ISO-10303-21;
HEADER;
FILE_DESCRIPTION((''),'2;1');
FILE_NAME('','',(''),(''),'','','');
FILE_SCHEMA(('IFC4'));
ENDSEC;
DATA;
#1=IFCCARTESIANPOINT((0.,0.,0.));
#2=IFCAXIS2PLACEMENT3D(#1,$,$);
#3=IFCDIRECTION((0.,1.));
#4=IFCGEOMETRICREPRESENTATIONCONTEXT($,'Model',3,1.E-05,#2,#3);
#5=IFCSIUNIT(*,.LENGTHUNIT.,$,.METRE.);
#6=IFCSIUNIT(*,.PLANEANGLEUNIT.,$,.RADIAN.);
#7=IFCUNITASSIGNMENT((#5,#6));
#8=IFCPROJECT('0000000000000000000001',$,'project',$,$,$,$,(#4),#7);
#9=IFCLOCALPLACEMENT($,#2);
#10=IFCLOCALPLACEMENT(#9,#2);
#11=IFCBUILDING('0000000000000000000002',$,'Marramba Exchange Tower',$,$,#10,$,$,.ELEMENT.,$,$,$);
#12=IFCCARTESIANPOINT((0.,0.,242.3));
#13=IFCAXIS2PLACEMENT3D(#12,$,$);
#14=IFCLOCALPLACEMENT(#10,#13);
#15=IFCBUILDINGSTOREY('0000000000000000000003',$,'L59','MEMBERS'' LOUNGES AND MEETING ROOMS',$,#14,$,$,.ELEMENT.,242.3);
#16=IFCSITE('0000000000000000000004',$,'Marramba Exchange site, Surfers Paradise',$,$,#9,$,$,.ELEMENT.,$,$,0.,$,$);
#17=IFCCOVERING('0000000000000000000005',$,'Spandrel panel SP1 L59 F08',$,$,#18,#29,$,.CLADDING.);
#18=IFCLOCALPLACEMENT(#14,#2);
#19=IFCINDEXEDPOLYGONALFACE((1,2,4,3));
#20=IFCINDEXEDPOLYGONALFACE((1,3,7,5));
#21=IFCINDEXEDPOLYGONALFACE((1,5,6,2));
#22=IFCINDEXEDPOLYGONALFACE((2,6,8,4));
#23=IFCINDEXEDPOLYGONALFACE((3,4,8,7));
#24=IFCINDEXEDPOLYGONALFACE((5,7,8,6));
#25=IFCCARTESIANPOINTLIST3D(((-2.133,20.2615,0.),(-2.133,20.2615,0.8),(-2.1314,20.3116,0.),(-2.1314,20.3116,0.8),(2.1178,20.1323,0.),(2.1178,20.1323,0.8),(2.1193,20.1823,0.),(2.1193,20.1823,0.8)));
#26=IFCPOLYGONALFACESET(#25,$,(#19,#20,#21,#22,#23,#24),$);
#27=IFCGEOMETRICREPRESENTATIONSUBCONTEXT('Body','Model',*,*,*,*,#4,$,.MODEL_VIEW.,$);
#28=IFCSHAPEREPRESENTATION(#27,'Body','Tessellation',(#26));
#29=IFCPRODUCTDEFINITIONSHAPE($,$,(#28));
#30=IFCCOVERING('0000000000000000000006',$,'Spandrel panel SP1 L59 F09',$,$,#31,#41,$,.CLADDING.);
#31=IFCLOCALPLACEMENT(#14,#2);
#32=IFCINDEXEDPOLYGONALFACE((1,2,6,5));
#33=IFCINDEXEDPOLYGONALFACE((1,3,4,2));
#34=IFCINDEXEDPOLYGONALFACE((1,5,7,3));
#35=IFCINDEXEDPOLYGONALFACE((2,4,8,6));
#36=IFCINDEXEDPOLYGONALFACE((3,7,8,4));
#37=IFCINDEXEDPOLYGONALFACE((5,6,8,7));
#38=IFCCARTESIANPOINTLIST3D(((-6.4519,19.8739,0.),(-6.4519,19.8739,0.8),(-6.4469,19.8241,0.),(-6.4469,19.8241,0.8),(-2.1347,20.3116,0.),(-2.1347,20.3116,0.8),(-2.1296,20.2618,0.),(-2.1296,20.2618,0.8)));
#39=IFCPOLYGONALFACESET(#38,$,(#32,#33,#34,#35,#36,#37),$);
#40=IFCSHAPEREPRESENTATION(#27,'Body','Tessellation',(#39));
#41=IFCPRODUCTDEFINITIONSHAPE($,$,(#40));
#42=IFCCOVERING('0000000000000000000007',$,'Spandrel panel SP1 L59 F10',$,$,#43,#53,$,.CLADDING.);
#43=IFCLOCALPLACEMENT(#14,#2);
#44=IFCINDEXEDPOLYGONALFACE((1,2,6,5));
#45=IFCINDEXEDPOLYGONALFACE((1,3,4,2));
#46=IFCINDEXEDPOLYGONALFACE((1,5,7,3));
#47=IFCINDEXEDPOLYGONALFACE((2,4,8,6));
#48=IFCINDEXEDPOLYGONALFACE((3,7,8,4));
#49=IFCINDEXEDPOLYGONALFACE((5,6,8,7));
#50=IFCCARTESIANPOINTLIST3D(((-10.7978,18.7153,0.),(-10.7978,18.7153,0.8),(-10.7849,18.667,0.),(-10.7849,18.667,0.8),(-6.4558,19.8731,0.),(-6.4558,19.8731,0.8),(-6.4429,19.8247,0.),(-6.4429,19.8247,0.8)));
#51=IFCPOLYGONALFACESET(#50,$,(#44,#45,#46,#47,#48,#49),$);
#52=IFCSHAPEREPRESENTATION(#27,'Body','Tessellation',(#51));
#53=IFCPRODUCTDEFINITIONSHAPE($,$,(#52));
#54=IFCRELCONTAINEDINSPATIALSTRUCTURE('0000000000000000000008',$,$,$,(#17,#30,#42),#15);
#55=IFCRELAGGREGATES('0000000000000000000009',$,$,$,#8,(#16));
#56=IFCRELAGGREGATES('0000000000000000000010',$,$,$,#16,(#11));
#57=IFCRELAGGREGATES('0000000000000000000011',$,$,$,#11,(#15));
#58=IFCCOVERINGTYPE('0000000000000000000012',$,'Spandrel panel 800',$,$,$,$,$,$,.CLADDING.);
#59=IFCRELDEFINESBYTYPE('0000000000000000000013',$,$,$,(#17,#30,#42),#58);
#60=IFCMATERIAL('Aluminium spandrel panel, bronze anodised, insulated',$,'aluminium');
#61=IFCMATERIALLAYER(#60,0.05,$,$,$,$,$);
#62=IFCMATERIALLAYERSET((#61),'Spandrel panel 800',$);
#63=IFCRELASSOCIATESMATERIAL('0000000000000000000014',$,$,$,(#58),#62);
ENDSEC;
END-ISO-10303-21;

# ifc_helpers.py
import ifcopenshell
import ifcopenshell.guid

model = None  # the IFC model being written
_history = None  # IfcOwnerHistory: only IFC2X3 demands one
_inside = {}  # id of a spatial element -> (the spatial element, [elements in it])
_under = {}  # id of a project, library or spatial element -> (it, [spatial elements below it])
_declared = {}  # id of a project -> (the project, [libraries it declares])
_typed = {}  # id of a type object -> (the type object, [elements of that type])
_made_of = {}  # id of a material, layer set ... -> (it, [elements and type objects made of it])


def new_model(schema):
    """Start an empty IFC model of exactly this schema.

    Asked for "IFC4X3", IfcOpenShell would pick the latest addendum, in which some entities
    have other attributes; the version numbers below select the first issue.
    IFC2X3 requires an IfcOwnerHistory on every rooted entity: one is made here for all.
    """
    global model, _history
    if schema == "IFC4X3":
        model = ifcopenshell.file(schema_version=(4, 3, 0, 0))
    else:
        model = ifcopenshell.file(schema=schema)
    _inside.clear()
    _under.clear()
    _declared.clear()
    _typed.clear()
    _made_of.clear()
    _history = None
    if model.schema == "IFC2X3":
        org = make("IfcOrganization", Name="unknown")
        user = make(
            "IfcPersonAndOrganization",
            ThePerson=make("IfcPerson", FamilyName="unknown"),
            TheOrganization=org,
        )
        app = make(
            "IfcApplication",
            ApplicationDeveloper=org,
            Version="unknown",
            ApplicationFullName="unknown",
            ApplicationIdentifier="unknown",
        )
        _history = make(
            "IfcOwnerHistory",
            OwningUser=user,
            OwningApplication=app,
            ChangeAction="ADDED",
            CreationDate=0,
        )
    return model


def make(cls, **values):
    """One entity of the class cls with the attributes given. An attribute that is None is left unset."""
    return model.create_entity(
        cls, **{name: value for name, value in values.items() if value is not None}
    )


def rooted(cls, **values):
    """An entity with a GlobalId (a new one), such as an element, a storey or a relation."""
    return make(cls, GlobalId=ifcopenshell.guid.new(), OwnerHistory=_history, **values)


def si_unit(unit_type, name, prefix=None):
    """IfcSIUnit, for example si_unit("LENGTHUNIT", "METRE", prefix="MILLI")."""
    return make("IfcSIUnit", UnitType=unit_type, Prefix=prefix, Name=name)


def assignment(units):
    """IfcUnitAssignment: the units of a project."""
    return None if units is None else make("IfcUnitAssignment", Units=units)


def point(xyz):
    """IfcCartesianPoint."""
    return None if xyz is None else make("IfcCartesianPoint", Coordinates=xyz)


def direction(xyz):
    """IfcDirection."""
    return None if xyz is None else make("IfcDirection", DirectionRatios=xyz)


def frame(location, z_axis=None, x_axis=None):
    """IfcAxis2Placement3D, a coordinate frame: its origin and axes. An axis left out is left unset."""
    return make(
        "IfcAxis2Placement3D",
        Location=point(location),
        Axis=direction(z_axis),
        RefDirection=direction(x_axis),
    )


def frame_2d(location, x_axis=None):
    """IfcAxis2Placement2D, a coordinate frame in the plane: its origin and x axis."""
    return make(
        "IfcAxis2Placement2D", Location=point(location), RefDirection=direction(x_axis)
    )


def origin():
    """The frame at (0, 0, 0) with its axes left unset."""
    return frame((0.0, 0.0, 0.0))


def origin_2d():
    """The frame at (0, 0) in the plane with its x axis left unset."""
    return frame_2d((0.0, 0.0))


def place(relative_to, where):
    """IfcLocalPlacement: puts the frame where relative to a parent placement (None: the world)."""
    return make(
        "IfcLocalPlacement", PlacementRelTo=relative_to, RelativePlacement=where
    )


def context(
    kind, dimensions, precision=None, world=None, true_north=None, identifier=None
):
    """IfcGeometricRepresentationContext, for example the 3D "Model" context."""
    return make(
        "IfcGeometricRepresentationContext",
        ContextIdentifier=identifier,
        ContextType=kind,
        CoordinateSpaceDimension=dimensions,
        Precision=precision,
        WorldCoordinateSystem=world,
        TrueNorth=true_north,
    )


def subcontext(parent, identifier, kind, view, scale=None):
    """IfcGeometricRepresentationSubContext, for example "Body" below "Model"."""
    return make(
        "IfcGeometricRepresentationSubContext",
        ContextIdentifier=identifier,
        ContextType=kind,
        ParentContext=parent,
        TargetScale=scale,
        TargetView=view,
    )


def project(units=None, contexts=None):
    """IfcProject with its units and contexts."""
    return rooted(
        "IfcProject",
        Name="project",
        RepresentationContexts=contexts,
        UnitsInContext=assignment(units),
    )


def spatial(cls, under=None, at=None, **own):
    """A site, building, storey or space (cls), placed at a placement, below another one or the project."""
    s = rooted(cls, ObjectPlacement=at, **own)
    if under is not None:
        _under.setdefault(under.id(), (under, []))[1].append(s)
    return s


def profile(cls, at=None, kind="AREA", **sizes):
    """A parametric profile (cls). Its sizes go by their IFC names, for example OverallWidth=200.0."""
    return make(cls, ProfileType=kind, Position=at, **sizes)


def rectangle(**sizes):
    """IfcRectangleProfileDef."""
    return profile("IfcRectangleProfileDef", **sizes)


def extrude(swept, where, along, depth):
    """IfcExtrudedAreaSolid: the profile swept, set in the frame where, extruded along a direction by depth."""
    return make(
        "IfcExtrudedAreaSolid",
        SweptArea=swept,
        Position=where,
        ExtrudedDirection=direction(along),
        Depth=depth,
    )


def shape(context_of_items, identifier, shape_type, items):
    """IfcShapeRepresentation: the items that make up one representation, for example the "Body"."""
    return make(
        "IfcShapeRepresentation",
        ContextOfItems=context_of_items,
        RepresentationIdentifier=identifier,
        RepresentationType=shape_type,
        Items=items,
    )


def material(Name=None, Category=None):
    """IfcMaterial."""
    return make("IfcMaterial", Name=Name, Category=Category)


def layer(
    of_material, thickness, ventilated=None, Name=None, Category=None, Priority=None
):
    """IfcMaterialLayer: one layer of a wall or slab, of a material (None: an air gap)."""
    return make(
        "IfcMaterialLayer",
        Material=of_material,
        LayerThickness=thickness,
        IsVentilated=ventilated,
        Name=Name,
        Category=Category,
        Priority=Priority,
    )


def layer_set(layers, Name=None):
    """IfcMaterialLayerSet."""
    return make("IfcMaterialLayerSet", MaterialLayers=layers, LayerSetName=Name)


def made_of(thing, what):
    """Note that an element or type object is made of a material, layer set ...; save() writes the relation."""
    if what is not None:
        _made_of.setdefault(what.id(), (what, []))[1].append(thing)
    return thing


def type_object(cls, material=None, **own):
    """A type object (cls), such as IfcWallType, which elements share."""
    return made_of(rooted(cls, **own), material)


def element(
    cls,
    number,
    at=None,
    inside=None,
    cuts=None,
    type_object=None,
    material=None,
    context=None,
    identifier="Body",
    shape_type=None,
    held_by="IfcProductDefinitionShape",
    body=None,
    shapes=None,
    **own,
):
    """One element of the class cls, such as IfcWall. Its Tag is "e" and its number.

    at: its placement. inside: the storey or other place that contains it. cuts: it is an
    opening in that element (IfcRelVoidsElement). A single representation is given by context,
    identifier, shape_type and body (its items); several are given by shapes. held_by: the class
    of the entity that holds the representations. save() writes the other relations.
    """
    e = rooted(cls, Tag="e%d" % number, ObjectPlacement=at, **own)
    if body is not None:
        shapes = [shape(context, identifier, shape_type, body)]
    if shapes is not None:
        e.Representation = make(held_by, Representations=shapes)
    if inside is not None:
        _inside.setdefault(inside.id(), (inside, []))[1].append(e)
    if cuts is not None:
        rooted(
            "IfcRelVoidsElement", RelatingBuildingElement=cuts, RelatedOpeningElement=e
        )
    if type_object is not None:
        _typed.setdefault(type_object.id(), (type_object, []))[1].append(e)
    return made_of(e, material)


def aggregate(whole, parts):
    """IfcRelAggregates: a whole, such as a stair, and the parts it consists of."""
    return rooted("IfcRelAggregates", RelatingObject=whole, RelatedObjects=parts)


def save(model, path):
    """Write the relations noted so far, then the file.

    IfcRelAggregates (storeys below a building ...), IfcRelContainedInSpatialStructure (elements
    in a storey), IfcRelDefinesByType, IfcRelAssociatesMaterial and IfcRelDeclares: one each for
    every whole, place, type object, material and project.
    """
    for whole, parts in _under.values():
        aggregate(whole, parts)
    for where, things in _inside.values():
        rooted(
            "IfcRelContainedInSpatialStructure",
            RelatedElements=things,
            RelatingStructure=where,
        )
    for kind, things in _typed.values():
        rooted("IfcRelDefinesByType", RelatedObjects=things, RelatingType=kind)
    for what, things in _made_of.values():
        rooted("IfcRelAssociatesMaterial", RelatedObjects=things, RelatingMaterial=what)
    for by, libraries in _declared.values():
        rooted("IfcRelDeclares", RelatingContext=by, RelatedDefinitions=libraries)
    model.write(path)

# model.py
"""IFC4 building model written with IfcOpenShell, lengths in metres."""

from ifc_helpers import new_model, si_unit, direction, frame, origin, origin_2d, place, context, subcontext, project, spatial, rectangle, extrude, material, layer, layer_set, type_object, element, save


model = new_model("IFC4")

# Units and contexts
model_context = context("Model", 3, precision=1e-05, world=origin(), true_north=direction((0.0, 1.0)))
body_context = subcontext(model_context, "Body", "Model", "MODEL_VIEW")
ifc_project = project(units=[si_unit("LENGTHUNIT", "METRE"), si_unit("PLANEANGLEUNIT", "RADIAN")], contexts=[model_context])

# Site, building, storey
site_placement = place(None, origin())
site = spatial("IfcSite", under=ifc_project, at=site_placement, Name="Marramba Exchange site, Surfers Paradise", CompositionType="ELEMENT", RefElevation=0.0)
building_placement = place(site_placement, origin())
building = spatial("IfcBuilding", under=site, at=building_placement, Name="Marramba Exchange Tower", CompositionType="ELEMENT")
storey_placement = place(building_placement, frame((0.0, 0.0, 242.3)))
storey = spatial("IfcBuildingStorey", under=building, at=storey_placement, Name="L59", Description="MEMBERS' LOUNGES AND MEETING ROOMS", CompositionType="ELEMENT", Elevation=242.3)

# Coverings
ifc_material_1 = material(Name="Aluminium spandrel panel, bronze anodised, insulated", Category="aluminium")
ifc_layer_1 = layer(ifc_material_1, 0.05)
ifc_layer_set_1 = layer_set([ifc_layer_1], Name="Spandrel panel 800")
covering_type = type_object("IfcCoveringType", Name="Spandrel panel 800", PredefinedType="CLADDING", material=ifc_layer_set_1)
covering_1_placement = place(storey_placement, frame((-0.0068, 20.2219, 0.0), z_axis=(0.0, 0.0, 1.0), x_axis=(-0.999538, 0.030394, 0.0)))
element("IfcCovering", 1, at=covering_1_placement, inside=storey, type_object=covering_type, Name="Spandrel panel SP1 L59 F08", PredefinedType="CLADDING", context=body_context, shape_type="SweptSolid", body=[
    extrude(rectangle(XDim=4.2527, YDim=0.05, at=origin_2d()), origin(), (0.0, 0.0, 1.0), 0.8),
])
covering_2_placement = place(storey_placement, frame((-4.2908, 20.0679, 0.0), z_axis=(0.0, 0.0, 1.0), x_axis=(-0.9949, -0.100863, 0.0)))
element("IfcCovering", 2, at=covering_2_placement, inside=storey, type_object=covering_type, Name="Spandrel panel SP1 L59 F09", PredefinedType="CLADDING", context=body_context, shape_type="SweptSolid", body=[
    extrude(rectangle(XDim=4.3394, YDim=0.05, at=origin_2d()), origin(), (0.0, 0.0, 1.0), 0.8),
])
covering_3_placement = place(storey_placement, frame((-8.6204, 19.27, 0.0), z_axis=(0.0, 0.0, 1.0), x_axis=(-0.966241, -0.257641, 0.0)))
element("IfcCovering", 3, at=covering_3_placement, inside=storey, type_object=covering_type, Name="Spandrel panel SP1 L59 F10", PredefinedType="CLADDING", context=body_context, shape_type="SweptSolid", body=[
    extrude(rectangle(XDim=4.4937, YDim=0.05, at=origin_2d()), origin(), (0.0, 0.0, 1.0), 0.8),
])

save(model, "model.ifc")
